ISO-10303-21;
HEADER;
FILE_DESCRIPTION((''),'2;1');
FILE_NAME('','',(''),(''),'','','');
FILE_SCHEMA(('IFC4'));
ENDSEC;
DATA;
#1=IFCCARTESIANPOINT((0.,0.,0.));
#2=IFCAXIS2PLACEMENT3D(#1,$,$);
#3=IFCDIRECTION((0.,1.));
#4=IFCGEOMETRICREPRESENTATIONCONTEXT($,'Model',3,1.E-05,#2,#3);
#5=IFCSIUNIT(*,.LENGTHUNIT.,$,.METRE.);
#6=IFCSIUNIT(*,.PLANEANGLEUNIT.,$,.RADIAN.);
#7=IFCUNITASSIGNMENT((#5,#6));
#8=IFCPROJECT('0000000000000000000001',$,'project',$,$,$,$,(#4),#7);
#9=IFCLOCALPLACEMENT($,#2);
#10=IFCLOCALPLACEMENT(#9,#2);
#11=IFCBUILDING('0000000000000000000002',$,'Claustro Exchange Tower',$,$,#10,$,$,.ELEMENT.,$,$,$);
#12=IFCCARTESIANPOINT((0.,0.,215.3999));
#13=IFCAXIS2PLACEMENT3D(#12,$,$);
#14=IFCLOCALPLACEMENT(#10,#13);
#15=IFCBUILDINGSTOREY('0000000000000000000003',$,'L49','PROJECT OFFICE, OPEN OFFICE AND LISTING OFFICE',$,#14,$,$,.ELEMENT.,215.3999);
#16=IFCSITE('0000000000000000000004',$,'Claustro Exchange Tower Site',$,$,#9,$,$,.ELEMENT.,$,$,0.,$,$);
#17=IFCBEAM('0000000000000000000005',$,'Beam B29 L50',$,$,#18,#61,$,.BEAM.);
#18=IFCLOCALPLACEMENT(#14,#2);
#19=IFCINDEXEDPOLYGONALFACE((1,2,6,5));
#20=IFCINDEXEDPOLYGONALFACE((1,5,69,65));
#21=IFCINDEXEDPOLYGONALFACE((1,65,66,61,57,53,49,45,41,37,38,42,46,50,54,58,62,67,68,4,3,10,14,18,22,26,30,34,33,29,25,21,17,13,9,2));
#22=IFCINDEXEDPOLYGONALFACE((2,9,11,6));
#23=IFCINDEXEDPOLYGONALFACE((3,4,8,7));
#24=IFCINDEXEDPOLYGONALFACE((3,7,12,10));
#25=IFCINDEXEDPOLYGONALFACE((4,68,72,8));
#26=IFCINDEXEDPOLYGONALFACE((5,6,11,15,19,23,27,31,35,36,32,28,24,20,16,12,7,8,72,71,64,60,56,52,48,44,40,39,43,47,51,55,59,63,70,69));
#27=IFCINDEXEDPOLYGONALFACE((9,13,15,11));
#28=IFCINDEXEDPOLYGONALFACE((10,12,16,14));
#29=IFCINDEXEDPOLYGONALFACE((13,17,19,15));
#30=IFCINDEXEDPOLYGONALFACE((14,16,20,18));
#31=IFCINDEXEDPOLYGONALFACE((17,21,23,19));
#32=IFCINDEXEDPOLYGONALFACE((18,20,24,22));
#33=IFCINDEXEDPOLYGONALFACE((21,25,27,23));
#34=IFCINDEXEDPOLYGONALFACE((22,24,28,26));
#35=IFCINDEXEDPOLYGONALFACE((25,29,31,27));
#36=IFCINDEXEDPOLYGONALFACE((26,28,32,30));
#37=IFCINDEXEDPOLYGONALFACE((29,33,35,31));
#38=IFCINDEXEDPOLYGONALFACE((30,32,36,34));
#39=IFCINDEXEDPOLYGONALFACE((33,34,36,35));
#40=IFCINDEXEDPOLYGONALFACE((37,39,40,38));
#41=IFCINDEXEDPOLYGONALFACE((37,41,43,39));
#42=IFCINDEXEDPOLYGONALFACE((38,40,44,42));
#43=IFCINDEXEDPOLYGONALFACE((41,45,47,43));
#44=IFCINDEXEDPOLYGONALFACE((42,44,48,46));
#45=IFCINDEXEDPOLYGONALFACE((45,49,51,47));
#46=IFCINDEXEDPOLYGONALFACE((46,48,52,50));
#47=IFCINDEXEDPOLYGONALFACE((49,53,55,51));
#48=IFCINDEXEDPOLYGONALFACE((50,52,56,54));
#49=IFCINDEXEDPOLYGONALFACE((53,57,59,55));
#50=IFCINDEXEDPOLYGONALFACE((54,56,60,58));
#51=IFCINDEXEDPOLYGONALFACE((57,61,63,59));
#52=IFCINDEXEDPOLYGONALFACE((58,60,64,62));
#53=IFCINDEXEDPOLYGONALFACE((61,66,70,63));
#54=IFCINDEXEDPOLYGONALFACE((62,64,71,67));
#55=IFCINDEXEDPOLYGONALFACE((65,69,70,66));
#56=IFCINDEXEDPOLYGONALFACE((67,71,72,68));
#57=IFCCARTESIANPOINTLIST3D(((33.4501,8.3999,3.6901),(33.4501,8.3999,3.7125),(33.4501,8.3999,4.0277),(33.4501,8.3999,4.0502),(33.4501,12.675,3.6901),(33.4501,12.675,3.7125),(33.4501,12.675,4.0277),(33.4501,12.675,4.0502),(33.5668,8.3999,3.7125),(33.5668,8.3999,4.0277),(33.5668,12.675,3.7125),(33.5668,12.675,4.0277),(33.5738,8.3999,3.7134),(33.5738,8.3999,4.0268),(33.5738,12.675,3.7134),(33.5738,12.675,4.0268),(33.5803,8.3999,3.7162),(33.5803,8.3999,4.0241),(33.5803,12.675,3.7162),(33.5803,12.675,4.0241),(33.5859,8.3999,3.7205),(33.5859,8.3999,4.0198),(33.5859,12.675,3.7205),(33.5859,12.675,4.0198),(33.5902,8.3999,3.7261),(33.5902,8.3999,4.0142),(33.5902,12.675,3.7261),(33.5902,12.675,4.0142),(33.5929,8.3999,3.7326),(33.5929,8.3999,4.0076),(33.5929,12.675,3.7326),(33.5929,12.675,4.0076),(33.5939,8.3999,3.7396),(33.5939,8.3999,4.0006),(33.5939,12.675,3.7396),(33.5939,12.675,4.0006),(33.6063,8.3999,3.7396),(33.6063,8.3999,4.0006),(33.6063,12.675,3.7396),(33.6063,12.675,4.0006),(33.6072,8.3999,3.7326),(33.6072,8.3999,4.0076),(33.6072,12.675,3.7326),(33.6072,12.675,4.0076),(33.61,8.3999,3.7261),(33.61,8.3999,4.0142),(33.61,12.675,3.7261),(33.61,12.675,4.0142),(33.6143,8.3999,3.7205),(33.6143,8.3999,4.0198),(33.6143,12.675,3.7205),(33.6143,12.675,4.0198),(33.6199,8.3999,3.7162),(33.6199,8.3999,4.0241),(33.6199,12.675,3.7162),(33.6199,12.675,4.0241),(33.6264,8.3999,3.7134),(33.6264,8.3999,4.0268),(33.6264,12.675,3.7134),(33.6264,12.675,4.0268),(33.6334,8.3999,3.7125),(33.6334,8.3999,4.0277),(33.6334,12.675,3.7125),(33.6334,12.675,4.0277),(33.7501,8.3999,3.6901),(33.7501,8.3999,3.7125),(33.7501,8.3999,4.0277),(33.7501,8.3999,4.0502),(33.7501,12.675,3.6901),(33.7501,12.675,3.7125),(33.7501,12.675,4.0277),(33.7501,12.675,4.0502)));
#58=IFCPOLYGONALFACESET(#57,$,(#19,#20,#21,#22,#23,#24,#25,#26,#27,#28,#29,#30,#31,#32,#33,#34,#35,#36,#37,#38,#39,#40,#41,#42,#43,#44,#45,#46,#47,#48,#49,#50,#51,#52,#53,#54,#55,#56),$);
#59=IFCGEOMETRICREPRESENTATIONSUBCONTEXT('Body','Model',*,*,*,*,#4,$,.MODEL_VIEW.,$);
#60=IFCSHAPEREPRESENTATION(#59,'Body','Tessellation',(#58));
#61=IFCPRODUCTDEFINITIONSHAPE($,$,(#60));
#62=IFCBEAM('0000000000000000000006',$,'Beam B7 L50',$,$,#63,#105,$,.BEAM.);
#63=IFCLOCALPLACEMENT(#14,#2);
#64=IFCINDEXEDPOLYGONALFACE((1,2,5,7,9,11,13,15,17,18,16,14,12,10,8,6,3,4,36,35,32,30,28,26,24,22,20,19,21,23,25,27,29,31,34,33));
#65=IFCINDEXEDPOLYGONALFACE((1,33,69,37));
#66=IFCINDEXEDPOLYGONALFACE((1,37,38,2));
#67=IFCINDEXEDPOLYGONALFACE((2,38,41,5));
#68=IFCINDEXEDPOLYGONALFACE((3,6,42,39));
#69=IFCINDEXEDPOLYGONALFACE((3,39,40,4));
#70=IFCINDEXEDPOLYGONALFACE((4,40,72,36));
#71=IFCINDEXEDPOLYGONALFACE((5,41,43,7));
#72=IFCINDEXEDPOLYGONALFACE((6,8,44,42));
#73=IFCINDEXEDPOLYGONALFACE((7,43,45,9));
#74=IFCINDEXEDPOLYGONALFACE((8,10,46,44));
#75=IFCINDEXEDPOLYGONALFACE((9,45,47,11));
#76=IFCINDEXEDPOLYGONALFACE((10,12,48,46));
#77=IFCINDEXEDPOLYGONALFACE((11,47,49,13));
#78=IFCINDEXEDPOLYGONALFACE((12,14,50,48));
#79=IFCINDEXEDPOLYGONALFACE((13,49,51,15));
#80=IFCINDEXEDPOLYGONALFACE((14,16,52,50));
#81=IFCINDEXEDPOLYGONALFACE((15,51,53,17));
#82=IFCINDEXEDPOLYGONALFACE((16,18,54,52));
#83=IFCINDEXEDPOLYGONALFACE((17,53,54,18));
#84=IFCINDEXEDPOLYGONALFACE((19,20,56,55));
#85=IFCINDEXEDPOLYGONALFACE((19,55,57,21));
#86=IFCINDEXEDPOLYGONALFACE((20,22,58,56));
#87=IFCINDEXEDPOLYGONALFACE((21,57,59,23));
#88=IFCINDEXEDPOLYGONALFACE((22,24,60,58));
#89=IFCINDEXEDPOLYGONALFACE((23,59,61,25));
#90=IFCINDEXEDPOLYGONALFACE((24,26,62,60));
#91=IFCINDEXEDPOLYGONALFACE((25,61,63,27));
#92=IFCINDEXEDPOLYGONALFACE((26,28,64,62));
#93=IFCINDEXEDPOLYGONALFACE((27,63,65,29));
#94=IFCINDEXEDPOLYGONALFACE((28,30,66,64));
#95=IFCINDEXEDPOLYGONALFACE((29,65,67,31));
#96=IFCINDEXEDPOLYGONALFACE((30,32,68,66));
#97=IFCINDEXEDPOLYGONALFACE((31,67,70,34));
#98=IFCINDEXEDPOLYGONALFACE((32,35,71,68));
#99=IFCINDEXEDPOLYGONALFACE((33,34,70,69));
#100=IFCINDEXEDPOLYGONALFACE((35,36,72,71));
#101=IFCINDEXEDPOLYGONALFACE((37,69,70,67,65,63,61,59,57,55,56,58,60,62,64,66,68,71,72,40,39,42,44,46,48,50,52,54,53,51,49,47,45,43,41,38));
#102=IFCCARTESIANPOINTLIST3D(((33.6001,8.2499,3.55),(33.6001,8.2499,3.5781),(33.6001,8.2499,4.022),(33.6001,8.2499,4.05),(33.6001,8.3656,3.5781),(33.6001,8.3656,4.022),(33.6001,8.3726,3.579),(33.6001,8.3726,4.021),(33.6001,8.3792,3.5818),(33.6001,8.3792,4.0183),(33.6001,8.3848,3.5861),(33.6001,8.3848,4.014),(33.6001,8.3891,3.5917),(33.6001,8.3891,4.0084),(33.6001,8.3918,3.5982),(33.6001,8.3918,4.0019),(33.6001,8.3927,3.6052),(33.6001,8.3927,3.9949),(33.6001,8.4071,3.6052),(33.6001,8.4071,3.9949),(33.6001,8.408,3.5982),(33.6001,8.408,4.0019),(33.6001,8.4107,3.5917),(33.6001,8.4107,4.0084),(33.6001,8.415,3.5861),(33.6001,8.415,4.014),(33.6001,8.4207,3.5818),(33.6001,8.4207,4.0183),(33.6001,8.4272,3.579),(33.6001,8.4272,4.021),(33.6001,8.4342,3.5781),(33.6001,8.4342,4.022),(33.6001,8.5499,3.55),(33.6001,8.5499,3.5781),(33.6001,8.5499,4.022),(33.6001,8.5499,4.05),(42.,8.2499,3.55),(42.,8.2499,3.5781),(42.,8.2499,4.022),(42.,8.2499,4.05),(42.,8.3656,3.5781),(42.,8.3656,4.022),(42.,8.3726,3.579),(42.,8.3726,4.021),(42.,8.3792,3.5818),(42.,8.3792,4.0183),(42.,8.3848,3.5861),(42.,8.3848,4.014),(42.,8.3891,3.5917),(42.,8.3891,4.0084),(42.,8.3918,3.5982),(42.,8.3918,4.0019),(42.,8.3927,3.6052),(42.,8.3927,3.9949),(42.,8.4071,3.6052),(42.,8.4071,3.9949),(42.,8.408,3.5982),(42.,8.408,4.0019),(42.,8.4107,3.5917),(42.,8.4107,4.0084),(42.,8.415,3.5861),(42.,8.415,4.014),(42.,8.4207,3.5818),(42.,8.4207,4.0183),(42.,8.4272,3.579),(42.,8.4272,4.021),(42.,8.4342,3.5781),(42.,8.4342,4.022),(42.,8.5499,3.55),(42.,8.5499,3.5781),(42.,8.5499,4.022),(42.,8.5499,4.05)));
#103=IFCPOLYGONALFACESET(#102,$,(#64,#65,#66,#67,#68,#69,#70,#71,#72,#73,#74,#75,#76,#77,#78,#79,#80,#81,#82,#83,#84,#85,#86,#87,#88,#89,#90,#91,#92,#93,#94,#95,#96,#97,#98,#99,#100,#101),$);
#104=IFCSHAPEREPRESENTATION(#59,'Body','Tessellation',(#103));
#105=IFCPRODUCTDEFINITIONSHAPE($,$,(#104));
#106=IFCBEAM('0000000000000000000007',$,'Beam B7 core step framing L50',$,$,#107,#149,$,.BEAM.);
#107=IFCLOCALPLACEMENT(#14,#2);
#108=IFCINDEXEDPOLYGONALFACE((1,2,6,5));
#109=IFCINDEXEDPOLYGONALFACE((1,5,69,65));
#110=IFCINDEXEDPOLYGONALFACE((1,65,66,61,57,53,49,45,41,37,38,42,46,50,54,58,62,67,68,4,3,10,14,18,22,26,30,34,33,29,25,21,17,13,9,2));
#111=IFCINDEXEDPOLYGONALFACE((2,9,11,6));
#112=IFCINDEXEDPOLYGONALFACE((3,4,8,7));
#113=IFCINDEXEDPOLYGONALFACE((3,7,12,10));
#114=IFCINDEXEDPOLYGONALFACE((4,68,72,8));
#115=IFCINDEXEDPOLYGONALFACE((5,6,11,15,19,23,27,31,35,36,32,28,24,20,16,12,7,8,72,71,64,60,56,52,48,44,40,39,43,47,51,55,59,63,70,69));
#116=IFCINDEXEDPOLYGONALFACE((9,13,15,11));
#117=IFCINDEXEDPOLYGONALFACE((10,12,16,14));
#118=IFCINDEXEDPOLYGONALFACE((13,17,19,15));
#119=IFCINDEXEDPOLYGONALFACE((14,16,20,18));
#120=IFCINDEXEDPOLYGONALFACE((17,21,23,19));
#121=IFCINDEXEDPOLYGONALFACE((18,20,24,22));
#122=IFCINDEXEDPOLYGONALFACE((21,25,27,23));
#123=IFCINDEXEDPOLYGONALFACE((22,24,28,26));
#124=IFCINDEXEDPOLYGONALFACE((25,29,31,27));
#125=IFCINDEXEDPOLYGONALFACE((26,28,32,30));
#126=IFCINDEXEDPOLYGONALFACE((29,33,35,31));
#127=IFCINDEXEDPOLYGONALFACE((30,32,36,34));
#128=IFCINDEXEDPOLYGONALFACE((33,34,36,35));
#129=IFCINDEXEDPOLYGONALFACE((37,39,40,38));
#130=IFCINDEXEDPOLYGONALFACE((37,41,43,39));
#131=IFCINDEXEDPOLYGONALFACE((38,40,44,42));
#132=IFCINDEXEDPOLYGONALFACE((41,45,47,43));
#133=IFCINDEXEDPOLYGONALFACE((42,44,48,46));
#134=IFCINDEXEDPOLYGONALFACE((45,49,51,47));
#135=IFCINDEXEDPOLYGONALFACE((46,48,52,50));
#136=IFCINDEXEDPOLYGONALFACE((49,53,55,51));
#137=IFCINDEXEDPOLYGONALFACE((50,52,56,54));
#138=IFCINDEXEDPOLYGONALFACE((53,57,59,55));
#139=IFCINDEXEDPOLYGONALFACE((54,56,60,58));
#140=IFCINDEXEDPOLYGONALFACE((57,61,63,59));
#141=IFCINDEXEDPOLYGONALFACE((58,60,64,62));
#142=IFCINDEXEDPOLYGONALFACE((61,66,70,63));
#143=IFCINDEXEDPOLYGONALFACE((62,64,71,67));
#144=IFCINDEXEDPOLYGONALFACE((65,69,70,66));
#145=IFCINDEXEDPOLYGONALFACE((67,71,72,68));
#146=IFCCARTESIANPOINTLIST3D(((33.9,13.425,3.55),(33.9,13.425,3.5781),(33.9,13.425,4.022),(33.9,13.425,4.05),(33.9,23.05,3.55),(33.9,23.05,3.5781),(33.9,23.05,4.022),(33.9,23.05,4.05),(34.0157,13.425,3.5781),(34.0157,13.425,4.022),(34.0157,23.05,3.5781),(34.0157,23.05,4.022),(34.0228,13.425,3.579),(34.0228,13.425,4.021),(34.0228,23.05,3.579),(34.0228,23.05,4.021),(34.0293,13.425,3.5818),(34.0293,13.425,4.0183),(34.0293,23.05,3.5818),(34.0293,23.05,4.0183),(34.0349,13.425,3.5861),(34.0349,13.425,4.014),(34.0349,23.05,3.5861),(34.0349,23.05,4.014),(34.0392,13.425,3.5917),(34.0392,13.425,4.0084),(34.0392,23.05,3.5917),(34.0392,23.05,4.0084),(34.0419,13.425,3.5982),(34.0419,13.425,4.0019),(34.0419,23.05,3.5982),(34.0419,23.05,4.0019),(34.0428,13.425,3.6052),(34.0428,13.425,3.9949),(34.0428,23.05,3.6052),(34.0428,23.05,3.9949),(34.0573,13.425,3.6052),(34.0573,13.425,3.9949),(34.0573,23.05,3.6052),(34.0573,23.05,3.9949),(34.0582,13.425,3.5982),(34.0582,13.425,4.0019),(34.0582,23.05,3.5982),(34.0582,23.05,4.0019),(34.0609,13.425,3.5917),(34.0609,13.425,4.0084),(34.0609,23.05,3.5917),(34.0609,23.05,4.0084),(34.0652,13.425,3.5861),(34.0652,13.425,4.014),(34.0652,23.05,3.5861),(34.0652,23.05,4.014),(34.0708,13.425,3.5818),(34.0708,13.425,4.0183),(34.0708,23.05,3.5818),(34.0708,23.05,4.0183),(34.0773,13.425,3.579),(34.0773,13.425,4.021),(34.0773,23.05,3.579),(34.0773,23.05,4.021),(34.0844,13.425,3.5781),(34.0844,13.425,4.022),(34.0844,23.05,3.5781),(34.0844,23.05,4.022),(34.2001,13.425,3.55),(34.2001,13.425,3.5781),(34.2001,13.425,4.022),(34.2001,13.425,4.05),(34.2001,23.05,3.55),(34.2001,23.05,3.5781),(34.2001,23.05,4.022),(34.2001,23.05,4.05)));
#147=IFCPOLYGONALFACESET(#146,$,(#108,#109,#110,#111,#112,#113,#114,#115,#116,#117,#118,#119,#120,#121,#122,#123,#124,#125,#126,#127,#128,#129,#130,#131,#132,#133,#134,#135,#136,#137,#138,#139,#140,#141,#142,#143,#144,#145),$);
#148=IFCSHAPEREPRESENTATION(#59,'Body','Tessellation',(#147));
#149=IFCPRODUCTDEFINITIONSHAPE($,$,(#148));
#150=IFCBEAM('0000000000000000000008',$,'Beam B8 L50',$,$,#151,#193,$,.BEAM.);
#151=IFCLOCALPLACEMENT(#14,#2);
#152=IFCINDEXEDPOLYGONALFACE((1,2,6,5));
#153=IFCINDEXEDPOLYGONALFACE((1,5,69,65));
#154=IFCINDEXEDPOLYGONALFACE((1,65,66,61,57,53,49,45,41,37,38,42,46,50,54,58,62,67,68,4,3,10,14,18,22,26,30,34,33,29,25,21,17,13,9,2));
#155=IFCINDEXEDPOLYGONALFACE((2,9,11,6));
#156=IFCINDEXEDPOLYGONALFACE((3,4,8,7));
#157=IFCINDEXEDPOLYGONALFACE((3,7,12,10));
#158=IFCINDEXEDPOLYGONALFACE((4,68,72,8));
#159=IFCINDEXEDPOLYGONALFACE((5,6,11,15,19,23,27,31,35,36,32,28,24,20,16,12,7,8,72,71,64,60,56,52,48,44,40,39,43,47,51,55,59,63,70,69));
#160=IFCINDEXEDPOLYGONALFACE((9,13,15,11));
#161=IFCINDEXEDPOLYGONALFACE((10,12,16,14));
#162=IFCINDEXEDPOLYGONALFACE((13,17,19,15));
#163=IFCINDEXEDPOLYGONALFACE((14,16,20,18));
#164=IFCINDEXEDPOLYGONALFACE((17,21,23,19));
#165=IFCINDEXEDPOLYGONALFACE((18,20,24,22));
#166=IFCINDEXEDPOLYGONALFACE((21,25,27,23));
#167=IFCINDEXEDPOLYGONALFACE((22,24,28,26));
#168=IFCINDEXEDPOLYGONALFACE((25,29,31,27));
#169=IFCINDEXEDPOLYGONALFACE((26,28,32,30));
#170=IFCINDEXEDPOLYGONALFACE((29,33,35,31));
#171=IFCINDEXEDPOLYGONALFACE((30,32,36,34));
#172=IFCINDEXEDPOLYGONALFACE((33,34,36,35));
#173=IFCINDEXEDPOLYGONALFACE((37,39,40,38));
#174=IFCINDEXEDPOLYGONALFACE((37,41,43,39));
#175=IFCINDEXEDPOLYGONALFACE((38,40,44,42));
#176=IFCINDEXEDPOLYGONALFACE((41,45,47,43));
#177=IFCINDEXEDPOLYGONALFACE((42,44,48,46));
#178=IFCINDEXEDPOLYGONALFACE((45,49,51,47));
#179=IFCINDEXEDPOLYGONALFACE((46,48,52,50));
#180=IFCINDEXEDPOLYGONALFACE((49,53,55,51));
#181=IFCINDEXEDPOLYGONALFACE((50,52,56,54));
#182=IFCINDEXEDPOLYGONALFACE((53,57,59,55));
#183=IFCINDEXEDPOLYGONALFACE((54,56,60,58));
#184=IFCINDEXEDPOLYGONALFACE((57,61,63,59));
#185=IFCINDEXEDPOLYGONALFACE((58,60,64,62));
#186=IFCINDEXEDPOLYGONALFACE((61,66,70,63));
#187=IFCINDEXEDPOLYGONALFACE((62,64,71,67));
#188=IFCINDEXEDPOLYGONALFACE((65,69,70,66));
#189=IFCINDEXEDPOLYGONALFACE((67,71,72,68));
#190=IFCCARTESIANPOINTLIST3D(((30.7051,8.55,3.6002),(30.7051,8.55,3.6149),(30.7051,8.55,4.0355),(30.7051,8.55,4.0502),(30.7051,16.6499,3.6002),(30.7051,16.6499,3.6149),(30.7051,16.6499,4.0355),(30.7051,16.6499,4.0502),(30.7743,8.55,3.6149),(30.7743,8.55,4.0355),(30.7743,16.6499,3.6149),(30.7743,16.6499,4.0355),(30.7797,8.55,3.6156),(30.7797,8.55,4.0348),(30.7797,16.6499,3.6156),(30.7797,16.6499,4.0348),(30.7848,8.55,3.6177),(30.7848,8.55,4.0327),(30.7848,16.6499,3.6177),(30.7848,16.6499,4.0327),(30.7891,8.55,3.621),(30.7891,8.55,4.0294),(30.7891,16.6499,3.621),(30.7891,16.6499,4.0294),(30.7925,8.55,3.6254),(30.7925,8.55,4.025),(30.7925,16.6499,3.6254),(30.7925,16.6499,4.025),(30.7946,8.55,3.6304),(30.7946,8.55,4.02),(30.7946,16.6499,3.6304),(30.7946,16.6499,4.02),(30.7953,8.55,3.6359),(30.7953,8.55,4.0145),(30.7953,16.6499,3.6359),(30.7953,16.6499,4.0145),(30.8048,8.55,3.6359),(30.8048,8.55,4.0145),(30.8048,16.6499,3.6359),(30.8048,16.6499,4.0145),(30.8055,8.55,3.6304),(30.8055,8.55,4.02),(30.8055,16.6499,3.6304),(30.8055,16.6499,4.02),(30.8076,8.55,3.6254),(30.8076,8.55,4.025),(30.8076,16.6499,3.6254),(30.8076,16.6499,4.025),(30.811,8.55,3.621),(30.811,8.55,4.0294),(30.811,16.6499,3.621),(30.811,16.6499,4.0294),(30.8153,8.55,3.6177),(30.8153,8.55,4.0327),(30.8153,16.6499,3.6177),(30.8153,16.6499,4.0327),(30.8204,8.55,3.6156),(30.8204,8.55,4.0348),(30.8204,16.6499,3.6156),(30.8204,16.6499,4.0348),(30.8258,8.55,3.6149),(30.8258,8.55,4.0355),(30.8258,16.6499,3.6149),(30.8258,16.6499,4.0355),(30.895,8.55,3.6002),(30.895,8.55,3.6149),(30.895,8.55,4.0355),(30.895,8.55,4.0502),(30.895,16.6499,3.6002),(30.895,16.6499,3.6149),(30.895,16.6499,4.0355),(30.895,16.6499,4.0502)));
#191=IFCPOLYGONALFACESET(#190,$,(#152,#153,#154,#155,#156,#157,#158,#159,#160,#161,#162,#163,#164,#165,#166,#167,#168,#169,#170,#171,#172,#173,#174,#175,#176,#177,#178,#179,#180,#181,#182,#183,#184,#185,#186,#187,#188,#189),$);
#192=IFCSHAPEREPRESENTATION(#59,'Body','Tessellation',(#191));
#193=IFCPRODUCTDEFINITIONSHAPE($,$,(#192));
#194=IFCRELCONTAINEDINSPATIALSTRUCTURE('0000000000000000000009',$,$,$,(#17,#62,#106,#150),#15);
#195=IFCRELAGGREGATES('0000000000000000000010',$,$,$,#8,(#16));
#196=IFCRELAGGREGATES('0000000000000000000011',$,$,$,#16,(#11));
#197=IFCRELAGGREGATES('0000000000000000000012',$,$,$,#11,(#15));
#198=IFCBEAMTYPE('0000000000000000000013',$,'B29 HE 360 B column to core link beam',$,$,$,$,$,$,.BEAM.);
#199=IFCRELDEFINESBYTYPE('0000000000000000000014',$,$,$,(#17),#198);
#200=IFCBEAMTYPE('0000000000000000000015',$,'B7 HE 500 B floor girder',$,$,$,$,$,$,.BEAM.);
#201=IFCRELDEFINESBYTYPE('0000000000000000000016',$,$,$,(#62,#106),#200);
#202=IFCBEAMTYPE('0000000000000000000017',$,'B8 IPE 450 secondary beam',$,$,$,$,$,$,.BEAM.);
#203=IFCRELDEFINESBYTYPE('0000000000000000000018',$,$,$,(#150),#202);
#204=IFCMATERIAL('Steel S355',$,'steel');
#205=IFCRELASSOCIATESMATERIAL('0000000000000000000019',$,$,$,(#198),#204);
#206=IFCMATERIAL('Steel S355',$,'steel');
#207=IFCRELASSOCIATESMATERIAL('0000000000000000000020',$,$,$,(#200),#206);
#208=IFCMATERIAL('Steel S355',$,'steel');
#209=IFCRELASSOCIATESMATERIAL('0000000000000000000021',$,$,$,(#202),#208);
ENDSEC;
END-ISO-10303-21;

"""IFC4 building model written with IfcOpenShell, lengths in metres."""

from ifc_helpers import new_model, si_unit, direction, frame, origin, origin_2d, place, context, subcontext, project, spatial, i_section, extrude, material, material_profile, profile_set, type_object, element, save


model = new_model("IFC4")

# Units and contexts
model_context = context("Model", 3, precision=1e-05, world=origin(), true_north=direction((0.0, 1.0)))
body_context = subcontext(model_context, "Body", "Model", "MODEL_VIEW")
ifc_project = project(units=[si_unit("LENGTHUNIT", "METRE"), si_unit("PLANEANGLEUNIT", "RADIAN")], contexts=[model_context])

# Site, building, storey
site_placement = place(None, origin())
site = spatial("IfcSite", under=ifc_project, at=site_placement, Name="Claustro Exchange Tower Site", CompositionType="ELEMENT", RefElevation=0.0)
building_placement = place(site_placement, origin())
building = spatial("IfcBuilding", under=site, at=building_placement, Name="Claustro Exchange Tower", CompositionType="ELEMENT")
storey_placement = place(building_placement, frame((0.0, 0.0, 215.3999)))
storey = spatial("IfcBuildingStorey", under=building, at=storey_placement, Name="L49", Description="PROJECT OFFICE, OPEN OFFICE AND LISTING OFFICE", CompositionType="ELEMENT", Elevation=215.3999)

# Beams
ifc_material_1 = material(Name="Steel S355", Category="steel")
ifc_material_profile_1 = material_profile(ifc_material_1, i_section(OverallWidth=0.3, OverallDepth=0.3601, WebThickness=0.0125, FlangeThickness=0.0225, FilletRadius=0.0271, at=origin_2d()), Name="HE 360 B")
ifc_profile_set_1 = profile_set([ifc_material_profile_1], Name="Steel S355")
beam_type_1 = type_object("IfcBeamType", Name="B29 HE 360 B column to core link beam", PredefinedType="BEAM", material=ifc_profile_set_1)
beam_1_placement = place(storey_placement, frame((33.6001, 8.3999, 3.8701), z_axis=(0.0, 1.0, 0.0), x_axis=(-1.0, 0.0, 0.0)))
element("IfcBeam", 1, at=beam_1_placement, inside=storey, type_object=beam_type_1, Name="Beam B29 L50", PredefinedType="BEAM", context=body_context, shape_type="SweptSolid", body=[
    extrude(i_section(OverallWidth=0.3, OverallDepth=0.3601, WebThickness=0.0125, FlangeThickness=0.0225, FilletRadius=0.0271, at=origin_2d()), origin(), (0.0, 0.0, 1.0), 4.2751),
])
ifc_material_2 = material(Name="Steel S355", Category="steel")
ifc_material_profile_2 = material_profile(ifc_material_2, i_section(OverallWidth=0.3, OverallDepth=0.5, WebThickness=0.0144, FlangeThickness=0.0281, FilletRadius=0.0271, at=origin_2d()), Name="HE 500 B")
ifc_profile_set_2 = profile_set([ifc_material_profile_2], Name="Steel S355")
beam_type_2 = type_object("IfcBeamType", Name="B7 HE 500 B floor girder", PredefinedType="BEAM", material=ifc_profile_set_2)
beam_2_placement = place(storey_placement, frame((33.6001, 8.3999, 3.8), z_axis=(1.0, 0.0, 0.0), x_axis=(0.0, 1.0, 0.0)))
element("IfcBeam", 2, at=beam_2_placement, inside=storey, type_object=beam_type_2, Name="Beam B7 L50", PredefinedType="BEAM", context=body_context, shape_type="SweptSolid", body=[
    extrude(i_section(OverallWidth=0.3, OverallDepth=0.5, WebThickness=0.0144, FlangeThickness=0.0281, FilletRadius=0.0271, at=origin_2d()), origin(), (0.0, 0.0, 1.0), 8.3999),
])
beam_3_placement = place(storey_placement, frame((34.05, 13.425, 3.8), z_axis=(0.0, 1.0, 0.0), x_axis=(-1.0, 0.0, 0.0)))
element("IfcBeam", 3, at=beam_3_placement, inside=storey, type_object=beam_type_2, Name="Beam B7 core step framing L50", PredefinedType="BEAM", context=body_context, shape_type="SweptSolid", body=[
    extrude(i_section(OverallWidth=0.3, OverallDepth=0.5, WebThickness=0.0144, FlangeThickness=0.0281, FilletRadius=0.0271, at=origin_2d()), origin(), (0.0, 0.0, 1.0), 9.625),
])
ifc_material_3 = material(Name="Steel S355", Category="steel")
ifc_material_profile_3 = material_profile(ifc_material_3, i_section(OverallWidth=0.1899, OverallDepth=0.45, WebThickness=0.0095, FlangeThickness=0.0146, FilletRadius=0.021, at=origin_2d()), Name="IPE 450")
ifc_profile_set_3 = profile_set([ifc_material_profile_3], Name="Steel S355")
beam_type_3 = type_object("IfcBeamType", Name="B8 IPE 450 secondary beam", PredefinedType="BEAM", material=ifc_profile_set_3)
beam_4_placement = place(storey_placement, frame((30.8, 8.55, 3.8252), z_axis=(0.0, 1.0, 0.0), x_axis=(-1.0, 0.0, 0.0)))
element("IfcBeam", 4, at=beam_4_placement, inside=storey, type_object=beam_type_3, Name="Beam B8 L50", PredefinedType="BEAM", context=body_context, shape_type="SweptSolid", body=[
    extrude(i_section(OverallWidth=0.1899, OverallDepth=0.45, WebThickness=0.0095, FlangeThickness=0.0146, FilletRadius=0.021, at=origin_2d()), origin(), (0.0, 0.0, 1.0), 8.0999),
])

save(model, "model.ifc")
